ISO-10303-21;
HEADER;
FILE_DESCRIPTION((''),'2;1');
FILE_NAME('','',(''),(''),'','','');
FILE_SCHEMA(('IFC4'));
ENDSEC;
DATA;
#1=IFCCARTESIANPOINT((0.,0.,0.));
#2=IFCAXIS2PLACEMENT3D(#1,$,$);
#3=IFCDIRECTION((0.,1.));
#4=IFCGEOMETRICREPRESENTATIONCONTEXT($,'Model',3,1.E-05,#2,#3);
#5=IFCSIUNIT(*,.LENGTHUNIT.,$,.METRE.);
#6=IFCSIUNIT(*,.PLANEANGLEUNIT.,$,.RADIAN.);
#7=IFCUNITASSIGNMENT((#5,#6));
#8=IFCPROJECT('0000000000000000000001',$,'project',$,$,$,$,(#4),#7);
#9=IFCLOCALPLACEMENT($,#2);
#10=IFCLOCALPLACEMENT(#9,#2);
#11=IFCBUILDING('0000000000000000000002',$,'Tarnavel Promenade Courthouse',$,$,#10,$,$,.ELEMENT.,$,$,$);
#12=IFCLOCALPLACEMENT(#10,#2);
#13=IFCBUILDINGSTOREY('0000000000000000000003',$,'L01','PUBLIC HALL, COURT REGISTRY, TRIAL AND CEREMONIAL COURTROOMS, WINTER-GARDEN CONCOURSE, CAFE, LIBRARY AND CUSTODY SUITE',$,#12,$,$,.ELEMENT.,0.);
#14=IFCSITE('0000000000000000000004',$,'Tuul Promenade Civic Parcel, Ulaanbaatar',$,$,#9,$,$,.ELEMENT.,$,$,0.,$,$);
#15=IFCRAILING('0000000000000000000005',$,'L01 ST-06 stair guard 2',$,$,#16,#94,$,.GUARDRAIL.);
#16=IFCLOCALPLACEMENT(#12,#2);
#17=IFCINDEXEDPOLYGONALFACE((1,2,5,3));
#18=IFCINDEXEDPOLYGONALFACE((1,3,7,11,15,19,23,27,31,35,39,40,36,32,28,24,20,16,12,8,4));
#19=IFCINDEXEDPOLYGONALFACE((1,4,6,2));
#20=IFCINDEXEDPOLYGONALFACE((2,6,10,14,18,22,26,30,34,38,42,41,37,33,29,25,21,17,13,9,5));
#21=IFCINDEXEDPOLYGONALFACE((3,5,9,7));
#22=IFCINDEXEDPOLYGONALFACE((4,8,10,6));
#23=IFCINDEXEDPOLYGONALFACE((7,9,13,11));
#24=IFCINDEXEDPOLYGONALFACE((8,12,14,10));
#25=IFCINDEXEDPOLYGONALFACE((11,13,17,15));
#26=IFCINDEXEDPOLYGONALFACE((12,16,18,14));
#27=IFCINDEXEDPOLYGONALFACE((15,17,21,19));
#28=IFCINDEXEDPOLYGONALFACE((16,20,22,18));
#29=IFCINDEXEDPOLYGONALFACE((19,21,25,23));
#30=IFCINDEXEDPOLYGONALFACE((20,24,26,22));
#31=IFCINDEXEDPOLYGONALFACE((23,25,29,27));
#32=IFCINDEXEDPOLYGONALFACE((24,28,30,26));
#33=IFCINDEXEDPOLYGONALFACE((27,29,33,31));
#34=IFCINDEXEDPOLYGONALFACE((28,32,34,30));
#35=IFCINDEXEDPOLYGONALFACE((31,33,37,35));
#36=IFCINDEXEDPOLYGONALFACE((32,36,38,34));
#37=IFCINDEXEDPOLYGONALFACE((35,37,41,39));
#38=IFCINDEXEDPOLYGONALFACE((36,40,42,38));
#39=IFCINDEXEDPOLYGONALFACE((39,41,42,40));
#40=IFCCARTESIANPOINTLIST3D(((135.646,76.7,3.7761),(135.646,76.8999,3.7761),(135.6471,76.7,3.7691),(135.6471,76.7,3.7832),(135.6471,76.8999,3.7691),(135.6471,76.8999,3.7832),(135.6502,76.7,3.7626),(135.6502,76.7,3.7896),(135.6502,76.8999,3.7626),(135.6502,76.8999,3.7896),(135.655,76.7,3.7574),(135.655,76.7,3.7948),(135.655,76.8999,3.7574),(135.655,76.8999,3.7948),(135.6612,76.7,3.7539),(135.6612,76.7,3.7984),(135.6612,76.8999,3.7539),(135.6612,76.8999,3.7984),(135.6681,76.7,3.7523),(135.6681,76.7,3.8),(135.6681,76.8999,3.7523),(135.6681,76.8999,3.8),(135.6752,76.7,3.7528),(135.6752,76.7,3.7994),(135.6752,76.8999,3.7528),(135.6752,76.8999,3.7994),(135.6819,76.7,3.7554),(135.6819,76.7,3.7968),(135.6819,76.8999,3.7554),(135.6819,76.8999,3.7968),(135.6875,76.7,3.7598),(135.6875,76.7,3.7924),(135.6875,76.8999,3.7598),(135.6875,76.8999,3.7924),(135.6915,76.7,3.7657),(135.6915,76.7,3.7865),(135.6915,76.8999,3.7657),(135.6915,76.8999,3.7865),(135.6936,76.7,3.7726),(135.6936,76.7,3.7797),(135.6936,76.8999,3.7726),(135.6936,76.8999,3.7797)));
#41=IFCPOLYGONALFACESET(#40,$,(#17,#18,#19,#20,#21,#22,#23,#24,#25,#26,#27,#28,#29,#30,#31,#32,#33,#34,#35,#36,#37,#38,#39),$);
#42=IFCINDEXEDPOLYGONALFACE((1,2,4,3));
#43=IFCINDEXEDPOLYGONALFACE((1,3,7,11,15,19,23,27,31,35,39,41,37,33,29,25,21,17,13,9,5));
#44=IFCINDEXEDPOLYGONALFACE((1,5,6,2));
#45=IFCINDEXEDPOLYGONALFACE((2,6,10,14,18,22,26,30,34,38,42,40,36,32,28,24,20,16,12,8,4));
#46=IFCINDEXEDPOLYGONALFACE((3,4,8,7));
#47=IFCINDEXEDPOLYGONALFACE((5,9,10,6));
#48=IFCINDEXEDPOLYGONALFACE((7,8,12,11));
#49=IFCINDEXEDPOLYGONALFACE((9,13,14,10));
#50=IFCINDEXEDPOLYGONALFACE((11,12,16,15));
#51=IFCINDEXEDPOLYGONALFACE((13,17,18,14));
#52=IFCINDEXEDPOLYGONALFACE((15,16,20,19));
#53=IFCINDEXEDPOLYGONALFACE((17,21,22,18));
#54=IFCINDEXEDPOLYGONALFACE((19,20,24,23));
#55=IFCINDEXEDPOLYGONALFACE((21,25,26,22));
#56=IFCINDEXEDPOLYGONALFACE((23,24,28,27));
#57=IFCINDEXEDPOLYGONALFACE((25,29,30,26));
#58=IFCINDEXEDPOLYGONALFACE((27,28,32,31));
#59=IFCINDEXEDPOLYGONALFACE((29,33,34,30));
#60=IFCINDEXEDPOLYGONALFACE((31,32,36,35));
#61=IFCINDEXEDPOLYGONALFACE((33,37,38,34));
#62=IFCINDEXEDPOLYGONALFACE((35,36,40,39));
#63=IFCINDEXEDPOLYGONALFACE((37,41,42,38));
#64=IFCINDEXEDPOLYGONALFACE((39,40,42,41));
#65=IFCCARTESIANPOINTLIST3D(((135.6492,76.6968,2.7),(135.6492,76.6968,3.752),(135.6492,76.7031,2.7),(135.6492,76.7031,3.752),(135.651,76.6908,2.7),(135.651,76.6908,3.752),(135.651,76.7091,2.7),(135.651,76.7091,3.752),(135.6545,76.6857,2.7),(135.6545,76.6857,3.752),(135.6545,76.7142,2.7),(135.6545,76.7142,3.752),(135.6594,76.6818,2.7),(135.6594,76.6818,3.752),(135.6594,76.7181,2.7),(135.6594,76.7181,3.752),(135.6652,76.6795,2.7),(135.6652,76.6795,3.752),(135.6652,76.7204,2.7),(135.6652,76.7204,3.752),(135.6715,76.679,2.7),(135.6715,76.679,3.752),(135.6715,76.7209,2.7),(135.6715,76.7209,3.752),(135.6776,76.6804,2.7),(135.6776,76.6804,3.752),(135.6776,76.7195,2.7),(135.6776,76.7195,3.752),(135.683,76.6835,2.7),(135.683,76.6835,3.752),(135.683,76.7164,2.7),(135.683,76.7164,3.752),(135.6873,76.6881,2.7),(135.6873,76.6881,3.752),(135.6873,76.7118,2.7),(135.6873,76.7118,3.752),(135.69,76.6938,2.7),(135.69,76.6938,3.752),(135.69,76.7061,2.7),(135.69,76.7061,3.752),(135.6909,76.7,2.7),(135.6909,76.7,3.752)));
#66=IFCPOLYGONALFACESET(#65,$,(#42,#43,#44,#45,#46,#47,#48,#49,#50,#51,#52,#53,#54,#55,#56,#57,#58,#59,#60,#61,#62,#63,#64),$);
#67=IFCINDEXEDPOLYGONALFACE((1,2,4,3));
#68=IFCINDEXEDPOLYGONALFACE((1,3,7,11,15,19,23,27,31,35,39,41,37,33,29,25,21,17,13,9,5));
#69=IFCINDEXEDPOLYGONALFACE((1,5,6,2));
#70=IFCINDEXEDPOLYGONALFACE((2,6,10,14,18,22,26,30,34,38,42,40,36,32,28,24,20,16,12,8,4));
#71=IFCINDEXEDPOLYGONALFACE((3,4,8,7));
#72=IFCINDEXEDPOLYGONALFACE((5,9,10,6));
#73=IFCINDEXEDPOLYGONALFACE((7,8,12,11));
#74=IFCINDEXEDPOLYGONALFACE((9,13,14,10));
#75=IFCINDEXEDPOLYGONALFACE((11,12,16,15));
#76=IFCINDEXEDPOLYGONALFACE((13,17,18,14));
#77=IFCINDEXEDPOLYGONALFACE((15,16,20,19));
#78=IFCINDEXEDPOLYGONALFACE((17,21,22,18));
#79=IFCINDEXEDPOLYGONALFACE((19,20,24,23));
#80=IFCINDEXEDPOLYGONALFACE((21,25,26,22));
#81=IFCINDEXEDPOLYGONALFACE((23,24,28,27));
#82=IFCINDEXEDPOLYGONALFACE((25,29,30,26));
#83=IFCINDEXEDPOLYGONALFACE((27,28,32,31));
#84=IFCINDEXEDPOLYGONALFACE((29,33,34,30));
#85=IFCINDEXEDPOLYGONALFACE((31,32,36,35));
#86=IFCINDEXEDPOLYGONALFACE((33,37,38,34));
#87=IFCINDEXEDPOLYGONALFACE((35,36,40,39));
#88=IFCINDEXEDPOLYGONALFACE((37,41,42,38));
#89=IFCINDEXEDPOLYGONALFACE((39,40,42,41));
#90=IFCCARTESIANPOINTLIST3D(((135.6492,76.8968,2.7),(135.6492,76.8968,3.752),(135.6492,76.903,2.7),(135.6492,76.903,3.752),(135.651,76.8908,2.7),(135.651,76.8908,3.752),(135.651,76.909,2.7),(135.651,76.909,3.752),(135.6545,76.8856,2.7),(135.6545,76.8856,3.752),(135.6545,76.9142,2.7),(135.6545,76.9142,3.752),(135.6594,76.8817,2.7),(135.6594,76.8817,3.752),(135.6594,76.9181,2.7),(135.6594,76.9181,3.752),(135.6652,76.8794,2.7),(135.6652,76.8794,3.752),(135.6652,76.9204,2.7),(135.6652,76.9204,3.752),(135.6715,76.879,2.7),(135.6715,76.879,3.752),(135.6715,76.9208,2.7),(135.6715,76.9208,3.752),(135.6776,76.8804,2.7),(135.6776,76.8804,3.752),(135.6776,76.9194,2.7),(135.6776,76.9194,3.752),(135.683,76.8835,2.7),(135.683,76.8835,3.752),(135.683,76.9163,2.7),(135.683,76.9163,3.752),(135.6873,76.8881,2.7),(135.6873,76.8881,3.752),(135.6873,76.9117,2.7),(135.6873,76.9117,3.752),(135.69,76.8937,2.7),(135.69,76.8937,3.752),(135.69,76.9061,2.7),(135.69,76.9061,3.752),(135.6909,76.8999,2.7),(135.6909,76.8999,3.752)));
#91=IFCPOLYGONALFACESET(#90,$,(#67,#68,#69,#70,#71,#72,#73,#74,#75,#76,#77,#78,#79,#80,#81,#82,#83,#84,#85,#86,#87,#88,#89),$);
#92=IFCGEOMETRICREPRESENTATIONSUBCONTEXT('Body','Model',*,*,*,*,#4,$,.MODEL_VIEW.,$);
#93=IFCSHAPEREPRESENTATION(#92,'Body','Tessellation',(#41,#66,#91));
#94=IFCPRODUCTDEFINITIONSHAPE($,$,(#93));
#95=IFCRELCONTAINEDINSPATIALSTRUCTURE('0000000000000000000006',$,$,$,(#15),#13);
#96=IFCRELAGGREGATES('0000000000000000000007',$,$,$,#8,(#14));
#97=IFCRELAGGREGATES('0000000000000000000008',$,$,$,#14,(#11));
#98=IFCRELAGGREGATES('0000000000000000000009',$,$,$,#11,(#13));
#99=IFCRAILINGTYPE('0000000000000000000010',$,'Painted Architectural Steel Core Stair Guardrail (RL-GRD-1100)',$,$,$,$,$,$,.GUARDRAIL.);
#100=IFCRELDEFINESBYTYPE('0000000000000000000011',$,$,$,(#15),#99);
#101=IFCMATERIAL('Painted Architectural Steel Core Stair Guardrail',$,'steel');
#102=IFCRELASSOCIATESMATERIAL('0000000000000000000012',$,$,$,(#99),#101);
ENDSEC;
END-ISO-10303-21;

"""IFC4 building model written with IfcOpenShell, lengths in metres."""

from ifc_helpers import new_model, si_unit, direction, frame, origin, origin_2d, place, context, subcontext, project, spatial, circle, extrude, material, type_object, element, save


model = new_model("IFC4")

# Units and contexts
model_context = context("Model", 3, precision=1e-05, world=origin(), true_north=direction((0.0, 1.0)))
body_context = subcontext(model_context, "Body", "Model", "MODEL_VIEW")
ifc_project = project(units=[si_unit("LENGTHUNIT", "METRE"), si_unit("PLANEANGLEUNIT", "RADIAN")], contexts=[model_context])

# Site, building, storey
site_placement = place(None, origin())
site = spatial("IfcSite", under=ifc_project, at=site_placement, Name="Tuul Promenade Civic Parcel, Ulaanbaatar", CompositionType="ELEMENT", RefElevation=0.0)
building_placement = place(site_placement, origin())
building = spatial("IfcBuilding", under=site, at=building_placement, Name="Tarnavel Promenade Courthouse", CompositionType="ELEMENT")
storey_placement = place(building_placement, origin())
storey = spatial("IfcBuildingStorey", under=building, at=storey_placement, Name="L01", Description="PUBLIC HALL, COURT REGISTRY, TRIAL AND CEREMONIAL COURTROOMS, WINTER-GARDEN CONCOURSE, CAFE, LIBRARY AND CUSTODY SUITE", CompositionType="ELEMENT", Elevation=0.0)

# Railing
ifc_material_1 = material(Name="Painted Architectural Steel Core Stair Guardrail", Category="steel")
railing_type_1 = type_object("IfcRailingType", Name="Painted Architectural Steel Core Stair Guardrail (RL-GRD-1100)", PredefinedType="GUARDRAIL", material=ifc_material_1)
railing_1_placement = place(storey_placement, frame((135.6699, 76.7, 2.7)))
element("IfcRailing", 1, at=railing_1_placement, inside=storey, type_object=railing_type_1, Name="L01 ST-06 stair guard 2", PredefinedType="GUARDRAIL", context=body_context, shape_type="SweptSolid", body=[
    extrude(circle(Radius=0.0239, at=origin_2d()), frame((0.0, 0.0, 1.0762), z_axis=(0.0, 1.0, 0.0), x_axis=(-1.0, 0.0, 0.0)), (0.0, 0.0, 1.0), 0.2),
    extrude(circle(Radius=0.021, at=origin_2d()), origin(), (0.0, 0.0, 1.0), 1.052),
    extrude(circle(Radius=0.021, at=origin_2d()), frame((0.0, 0.2, 0.0)), (0.0, 0.0, 1.0), 1.052),
])

save(model, "model.ifc")
